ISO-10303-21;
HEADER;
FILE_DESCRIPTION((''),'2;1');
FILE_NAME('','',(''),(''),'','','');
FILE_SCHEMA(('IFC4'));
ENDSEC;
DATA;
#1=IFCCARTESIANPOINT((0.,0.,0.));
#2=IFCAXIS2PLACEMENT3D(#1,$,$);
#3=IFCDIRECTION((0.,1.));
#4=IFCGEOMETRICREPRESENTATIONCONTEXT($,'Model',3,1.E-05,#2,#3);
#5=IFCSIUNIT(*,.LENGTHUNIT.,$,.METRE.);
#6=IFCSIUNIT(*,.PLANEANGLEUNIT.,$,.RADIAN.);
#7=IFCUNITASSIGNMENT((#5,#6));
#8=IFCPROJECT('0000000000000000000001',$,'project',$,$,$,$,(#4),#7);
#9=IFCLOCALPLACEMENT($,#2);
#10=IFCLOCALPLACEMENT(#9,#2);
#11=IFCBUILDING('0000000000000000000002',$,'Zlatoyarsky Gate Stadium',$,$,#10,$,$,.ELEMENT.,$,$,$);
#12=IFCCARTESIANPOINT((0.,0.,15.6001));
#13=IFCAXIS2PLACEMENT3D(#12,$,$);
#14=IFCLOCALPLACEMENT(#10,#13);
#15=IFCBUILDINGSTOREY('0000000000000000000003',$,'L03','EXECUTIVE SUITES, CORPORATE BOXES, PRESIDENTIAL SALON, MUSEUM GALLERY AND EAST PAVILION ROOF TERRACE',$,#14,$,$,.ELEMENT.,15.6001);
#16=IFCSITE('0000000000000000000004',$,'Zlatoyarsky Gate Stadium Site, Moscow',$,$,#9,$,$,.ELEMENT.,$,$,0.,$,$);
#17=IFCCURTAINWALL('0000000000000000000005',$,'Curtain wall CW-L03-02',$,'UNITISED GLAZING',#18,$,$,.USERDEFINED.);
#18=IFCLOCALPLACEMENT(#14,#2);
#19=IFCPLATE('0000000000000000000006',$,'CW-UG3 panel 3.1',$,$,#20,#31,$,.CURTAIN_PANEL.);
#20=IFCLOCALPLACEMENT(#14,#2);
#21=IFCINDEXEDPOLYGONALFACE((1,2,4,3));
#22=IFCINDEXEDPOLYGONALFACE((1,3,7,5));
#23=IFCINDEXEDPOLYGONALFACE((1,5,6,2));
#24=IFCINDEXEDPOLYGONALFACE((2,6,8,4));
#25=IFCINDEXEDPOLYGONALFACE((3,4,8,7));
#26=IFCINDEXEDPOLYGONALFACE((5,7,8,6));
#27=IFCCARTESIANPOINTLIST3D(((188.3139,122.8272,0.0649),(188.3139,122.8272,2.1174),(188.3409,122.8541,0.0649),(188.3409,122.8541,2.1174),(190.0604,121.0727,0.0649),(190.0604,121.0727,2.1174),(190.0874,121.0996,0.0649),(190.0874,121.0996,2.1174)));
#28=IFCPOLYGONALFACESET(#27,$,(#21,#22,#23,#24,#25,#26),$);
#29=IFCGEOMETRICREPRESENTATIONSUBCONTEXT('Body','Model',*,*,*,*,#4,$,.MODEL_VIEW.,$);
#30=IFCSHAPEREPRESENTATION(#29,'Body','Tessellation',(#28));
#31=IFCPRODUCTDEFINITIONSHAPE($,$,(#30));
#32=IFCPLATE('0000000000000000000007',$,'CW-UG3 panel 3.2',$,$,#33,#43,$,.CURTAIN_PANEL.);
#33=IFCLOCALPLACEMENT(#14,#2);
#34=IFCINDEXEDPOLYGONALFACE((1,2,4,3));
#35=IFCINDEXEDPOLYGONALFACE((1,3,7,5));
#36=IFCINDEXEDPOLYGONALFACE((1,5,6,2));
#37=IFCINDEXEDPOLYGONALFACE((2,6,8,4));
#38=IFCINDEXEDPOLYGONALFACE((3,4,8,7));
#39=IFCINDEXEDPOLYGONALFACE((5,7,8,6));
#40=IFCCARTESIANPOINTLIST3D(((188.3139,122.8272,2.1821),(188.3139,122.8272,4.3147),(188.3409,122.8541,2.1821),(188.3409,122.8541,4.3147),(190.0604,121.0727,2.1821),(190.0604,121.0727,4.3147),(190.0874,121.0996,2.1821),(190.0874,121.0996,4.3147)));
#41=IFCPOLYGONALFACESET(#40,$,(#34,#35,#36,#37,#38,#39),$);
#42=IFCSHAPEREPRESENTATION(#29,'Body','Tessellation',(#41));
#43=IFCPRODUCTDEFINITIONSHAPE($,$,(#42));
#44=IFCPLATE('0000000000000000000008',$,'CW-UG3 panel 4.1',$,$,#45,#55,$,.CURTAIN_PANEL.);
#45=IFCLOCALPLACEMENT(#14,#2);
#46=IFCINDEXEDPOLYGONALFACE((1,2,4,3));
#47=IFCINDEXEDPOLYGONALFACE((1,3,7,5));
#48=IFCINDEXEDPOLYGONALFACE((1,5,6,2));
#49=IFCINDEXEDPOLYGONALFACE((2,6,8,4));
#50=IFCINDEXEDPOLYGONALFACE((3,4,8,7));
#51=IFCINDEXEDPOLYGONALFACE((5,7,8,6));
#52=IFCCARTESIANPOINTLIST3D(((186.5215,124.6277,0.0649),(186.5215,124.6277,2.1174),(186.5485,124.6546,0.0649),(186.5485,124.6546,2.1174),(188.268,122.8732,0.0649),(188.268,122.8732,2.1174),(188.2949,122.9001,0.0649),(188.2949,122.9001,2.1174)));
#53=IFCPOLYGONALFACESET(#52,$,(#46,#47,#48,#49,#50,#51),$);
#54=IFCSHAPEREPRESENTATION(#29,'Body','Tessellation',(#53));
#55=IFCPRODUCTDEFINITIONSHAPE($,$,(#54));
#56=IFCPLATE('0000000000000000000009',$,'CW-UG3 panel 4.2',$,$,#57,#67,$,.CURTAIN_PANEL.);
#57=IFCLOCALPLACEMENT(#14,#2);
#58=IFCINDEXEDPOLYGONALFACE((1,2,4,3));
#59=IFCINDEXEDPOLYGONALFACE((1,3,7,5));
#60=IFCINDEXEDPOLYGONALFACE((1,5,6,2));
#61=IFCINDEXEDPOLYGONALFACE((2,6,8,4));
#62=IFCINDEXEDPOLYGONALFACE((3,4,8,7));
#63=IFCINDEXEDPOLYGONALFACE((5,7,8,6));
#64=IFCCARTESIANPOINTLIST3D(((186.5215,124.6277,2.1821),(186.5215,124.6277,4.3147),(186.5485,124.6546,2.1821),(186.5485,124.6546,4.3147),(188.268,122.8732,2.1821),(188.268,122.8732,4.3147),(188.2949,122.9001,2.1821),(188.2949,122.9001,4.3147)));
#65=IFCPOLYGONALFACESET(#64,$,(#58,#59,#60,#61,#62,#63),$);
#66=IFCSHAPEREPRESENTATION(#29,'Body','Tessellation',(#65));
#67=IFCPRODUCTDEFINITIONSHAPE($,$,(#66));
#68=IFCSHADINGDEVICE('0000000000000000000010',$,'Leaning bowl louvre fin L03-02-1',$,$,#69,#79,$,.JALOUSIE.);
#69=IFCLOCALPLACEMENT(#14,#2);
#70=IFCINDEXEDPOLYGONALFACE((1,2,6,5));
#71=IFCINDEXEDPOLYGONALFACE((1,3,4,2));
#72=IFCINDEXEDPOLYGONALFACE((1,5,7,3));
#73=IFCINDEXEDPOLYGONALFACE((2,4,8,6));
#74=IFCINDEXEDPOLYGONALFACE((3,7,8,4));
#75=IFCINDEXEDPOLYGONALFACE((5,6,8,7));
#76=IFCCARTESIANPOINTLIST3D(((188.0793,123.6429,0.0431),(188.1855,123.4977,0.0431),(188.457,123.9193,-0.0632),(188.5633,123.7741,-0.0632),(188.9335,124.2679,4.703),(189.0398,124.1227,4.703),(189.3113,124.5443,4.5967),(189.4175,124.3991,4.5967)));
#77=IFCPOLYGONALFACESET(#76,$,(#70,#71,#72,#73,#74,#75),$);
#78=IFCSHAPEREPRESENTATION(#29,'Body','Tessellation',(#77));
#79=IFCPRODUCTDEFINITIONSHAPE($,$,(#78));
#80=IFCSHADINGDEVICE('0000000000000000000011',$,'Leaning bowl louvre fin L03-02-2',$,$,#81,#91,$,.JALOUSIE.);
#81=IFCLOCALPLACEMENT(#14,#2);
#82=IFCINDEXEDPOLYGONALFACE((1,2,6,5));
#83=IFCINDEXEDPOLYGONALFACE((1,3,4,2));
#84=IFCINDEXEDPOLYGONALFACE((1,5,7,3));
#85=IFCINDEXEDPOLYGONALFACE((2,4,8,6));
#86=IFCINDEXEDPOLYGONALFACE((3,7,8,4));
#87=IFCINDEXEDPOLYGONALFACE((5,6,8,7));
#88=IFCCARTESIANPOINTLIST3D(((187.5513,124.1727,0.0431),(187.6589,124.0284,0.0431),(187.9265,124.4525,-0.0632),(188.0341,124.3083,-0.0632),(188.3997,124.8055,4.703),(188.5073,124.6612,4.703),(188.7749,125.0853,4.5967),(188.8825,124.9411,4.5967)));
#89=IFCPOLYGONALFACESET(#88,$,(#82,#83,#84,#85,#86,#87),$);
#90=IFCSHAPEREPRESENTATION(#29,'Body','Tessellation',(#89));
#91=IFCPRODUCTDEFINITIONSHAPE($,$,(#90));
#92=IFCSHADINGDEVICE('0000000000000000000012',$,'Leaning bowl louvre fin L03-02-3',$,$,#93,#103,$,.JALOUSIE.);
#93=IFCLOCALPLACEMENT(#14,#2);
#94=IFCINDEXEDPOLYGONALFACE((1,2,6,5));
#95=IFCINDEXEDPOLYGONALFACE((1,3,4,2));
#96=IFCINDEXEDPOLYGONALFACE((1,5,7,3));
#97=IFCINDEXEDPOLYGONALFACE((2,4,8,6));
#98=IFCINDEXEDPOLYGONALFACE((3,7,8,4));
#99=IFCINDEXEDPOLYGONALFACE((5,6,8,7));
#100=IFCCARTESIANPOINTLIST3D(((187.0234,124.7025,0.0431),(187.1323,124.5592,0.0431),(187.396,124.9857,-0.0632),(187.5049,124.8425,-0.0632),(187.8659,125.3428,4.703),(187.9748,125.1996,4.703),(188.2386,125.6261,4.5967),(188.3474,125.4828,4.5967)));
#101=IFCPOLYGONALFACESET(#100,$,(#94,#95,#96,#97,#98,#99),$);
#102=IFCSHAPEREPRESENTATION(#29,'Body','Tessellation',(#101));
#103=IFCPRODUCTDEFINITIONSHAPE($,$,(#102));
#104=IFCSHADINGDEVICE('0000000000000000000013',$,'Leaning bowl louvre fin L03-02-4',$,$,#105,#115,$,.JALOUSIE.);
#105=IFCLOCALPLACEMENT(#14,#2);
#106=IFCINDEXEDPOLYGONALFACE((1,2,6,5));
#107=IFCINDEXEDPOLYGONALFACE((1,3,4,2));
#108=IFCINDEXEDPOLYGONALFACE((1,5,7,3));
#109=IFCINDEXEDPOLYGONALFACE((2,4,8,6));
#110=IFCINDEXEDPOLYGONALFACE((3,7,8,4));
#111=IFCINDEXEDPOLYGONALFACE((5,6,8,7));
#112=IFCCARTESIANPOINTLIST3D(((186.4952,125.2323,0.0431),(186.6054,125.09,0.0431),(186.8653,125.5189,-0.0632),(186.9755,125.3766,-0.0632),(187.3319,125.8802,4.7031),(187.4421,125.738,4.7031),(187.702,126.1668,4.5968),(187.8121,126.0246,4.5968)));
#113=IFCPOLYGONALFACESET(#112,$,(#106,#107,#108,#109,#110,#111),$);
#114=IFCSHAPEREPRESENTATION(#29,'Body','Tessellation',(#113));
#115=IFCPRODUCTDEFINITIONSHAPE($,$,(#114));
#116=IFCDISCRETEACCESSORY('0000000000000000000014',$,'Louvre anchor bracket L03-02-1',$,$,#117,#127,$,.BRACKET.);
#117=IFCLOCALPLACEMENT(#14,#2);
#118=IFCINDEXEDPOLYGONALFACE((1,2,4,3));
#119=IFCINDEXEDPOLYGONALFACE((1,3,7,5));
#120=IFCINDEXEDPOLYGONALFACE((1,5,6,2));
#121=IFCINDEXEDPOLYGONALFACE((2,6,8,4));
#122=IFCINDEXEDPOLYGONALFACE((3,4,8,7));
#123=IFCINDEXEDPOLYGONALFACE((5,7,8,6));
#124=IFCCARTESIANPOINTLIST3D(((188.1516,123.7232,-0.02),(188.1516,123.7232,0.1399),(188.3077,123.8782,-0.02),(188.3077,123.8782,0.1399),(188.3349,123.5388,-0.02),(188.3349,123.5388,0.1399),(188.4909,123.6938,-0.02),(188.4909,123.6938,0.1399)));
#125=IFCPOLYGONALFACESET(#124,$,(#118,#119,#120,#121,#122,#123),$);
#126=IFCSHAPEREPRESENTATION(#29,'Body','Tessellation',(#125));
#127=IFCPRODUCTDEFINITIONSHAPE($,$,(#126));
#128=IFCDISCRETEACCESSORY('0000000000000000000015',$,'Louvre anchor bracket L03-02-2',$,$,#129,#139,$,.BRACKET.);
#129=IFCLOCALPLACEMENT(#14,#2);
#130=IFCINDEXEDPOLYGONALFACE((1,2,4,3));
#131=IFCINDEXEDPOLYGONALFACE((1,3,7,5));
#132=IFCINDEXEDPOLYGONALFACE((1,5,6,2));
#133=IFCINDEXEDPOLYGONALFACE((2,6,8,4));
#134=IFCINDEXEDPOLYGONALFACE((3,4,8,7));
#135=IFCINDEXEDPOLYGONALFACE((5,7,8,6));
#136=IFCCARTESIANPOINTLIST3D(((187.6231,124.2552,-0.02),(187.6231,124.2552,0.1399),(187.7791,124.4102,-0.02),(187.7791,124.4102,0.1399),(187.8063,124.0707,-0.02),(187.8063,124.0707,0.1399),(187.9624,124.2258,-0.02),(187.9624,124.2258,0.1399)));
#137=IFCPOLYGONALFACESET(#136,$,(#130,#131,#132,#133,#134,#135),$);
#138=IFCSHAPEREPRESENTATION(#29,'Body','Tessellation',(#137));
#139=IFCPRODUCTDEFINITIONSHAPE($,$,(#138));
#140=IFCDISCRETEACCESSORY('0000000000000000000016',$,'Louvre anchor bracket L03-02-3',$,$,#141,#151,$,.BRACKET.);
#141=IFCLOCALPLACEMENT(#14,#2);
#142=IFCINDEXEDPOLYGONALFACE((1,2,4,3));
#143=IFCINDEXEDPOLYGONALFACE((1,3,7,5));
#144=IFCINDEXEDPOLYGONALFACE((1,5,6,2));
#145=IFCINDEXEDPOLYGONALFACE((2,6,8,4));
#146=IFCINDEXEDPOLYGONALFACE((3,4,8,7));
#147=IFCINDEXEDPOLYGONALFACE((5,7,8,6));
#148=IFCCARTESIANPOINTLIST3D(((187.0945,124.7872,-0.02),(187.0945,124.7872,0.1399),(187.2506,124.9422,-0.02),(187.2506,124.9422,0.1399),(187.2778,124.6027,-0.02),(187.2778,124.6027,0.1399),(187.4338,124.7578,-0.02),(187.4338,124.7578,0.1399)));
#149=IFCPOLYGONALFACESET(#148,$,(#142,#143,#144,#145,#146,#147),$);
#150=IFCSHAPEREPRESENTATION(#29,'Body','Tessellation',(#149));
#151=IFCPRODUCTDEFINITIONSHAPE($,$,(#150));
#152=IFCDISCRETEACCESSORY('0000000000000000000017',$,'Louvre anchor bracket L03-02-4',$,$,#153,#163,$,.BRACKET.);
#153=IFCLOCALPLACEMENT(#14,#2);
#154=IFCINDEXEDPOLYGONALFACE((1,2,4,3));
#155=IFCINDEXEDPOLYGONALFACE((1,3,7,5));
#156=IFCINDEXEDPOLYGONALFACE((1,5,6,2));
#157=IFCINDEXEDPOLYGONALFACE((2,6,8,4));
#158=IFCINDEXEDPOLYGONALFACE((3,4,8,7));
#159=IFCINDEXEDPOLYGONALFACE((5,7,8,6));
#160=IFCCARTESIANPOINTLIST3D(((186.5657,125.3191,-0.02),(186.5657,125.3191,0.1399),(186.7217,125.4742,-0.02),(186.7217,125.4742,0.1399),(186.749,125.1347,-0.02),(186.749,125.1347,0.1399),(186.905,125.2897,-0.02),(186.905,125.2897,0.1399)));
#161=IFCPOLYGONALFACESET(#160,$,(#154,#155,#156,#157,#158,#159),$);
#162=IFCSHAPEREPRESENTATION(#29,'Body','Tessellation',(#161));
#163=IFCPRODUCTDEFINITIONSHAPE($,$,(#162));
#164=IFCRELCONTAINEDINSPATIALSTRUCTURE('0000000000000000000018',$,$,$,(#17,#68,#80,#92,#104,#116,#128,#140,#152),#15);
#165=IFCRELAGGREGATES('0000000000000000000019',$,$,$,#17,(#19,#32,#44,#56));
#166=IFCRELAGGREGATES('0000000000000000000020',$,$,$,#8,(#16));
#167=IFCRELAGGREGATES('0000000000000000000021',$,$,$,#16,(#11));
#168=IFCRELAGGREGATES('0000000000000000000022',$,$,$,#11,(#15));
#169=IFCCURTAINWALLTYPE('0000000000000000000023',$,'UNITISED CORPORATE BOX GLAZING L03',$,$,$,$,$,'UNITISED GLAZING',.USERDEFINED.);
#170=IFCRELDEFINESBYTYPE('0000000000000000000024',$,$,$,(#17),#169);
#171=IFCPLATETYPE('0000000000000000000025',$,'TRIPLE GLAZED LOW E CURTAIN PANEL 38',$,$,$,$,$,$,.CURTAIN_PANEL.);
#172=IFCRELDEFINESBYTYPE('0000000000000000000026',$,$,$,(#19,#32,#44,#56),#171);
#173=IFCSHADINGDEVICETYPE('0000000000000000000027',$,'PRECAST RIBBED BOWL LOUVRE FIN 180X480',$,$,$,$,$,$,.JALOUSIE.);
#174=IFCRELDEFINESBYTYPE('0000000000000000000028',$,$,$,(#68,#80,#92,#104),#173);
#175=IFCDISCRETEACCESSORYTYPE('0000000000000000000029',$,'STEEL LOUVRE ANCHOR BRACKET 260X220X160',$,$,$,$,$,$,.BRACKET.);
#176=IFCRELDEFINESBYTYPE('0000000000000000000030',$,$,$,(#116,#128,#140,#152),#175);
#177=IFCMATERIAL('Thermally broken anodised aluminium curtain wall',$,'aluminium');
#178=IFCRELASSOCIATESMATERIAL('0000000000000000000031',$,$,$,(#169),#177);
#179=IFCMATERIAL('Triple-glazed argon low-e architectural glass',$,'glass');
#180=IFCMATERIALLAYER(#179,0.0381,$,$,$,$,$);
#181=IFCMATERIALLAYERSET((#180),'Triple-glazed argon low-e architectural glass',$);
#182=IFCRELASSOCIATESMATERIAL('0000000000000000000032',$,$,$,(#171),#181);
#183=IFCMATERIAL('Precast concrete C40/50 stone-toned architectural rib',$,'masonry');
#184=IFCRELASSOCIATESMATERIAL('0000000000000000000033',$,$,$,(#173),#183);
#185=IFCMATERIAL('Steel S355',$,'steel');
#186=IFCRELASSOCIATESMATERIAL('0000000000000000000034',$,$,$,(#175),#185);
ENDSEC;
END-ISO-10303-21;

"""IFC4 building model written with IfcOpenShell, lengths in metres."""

from ifc_helpers import new_model, si_unit, direction, frame, origin, origin_2d, place, context, subcontext, project, spatial, rectangle, extrude, material, layer, layer_set, material_profile, profile_set, type_object, element, aggregate, save


model = new_model("IFC4")

# Units and contexts
model_context = context("Model", 3, precision=1e-05, world=origin(), true_north=direction((0.0, 1.0)))
body_context = subcontext(model_context, "Body", "Model", "MODEL_VIEW")
ifc_project = project(units=[si_unit("LENGTHUNIT", "METRE"), si_unit("PLANEANGLEUNIT", "RADIAN")], contexts=[model_context])

# Site, building, storey
site_placement = place(None, origin())
site = spatial("IfcSite", under=ifc_project, at=site_placement, Name="Zlatoyarsky Gate Stadium Site, Moscow", CompositionType="ELEMENT", RefElevation=0.0)
building_placement = place(site_placement, origin())
building = spatial("IfcBuilding", under=site, at=building_placement, Name="Zlatoyarsky Gate Stadium", CompositionType="ELEMENT")
storey_placement = place(building_placement, frame((0.0, 0.0, 15.6001)))
storey = spatial("IfcBuildingStorey", under=building, at=storey_placement, Name="L03", Description="EXECUTIVE SUITES, CORPORATE BOXES, PRESIDENTIAL SALON, MUSEUM GALLERY AND EAST PAVILION ROOF TERRACE", CompositionType="ELEMENT", Elevation=15.6001)

# Curtain wall
ifc_material_1 = material(Name="Thermally broken anodised aluminium curtain wall", Category="aluminium")
curtain_wall_type = type_object("IfcCurtainWallType", Name="UNITISED CORPORATE BOX GLAZING L03", ElementType="UNITISED GLAZING", PredefinedType="USERDEFINED", material=ifc_material_1)
curtain_wall_placement = place(storey_placement, origin())
curtain_wall = element("IfcCurtainWall", 1, at=curtain_wall_placement, inside=storey, type_object=curtain_wall_type, Name="Curtain wall CW-L03-02", ObjectType="UNITISED GLAZING", PredefinedType="USERDEFINED")

# Shared definitions
ifc_material_2 = material(Name="Steel S355", Category="steel")

# Plates
ifc_material_3 = material(Name="Triple-glazed argon low-e architectural glass", Category="glass")
ifc_layer_1 = layer(ifc_material_3, 0.0381)
ifc_layer_set_1 = layer_set([ifc_layer_1], Name="Triple-glazed argon low-e architectural glass")
plate_type_1 = type_object("IfcPlateType", Name="TRIPLE GLAZED LOW E CURTAIN PANEL 38", PredefinedType="CURTAIN_PANEL", material=ifc_layer_set_1)
plate_1_placement = place(storey_placement, frame((189.2007, 121.9634, 0.0649), z_axis=(0.0, 0.0, 1.0), x_axis=(-0.705489, 0.708721, 0.0)))
plate_1 = element("IfcPlate", 2, at=plate_1_placement, type_object=plate_type_1, Name="CW-UG3 panel 3.1", PredefinedType="CURTAIN_PANEL", context=body_context, shape_type="SweptSolid", body=[
    extrude(rectangle(XDim=2.4756, YDim=0.0381, at=origin_2d()), origin(), (0.0, 0.0, 1.0), 2.0525),
])
plate_2_placement = place(storey_placement, frame((189.2007, 121.9634, 2.1821), z_axis=(0.0, 0.0, 1.0), x_axis=(-0.705489, 0.708721, 0.0)))
plate_2 = element("IfcPlate", 3, at=plate_2_placement, type_object=plate_type_1, Name="CW-UG3 panel 3.2", PredefinedType="CURTAIN_PANEL", context=body_context, shape_type="SweptSolid", body=[
    extrude(rectangle(XDim=2.4756, YDim=0.0381, at=origin_2d()), origin(), (0.0, 0.0, 1.0), 2.1326),
])
plate_3_placement = place(storey_placement, frame((187.4082, 123.7639, 0.0649), z_axis=(0.0, 0.0, 1.0), x_axis=(-0.705489, 0.708721, 0.0)))
plate_3 = element("IfcPlate", 4, at=plate_3_placement, type_object=plate_type_1, Name="CW-UG3 panel 4.1", PredefinedType="CURTAIN_PANEL", context=body_context, shape_type="SweptSolid", body=[
    extrude(rectangle(XDim=2.4756, YDim=0.0381, at=origin_2d()), origin(), (0.0, 0.0, 1.0), 2.0525),
])
plate_4_placement = place(storey_placement, frame((187.4082, 123.7639, 2.1821), z_axis=(0.0, 0.0, 1.0), x_axis=(-0.705489, 0.708721, 0.0)))
plate_4 = element("IfcPlate", 5, at=plate_4_placement, type_object=plate_type_1, Name="CW-UG3 panel 4.2", PredefinedType="CURTAIN_PANEL", context=body_context, shape_type="SweptSolid", body=[
    extrude(rectangle(XDim=2.4756, YDim=0.0381, at=origin_2d()), origin(), (0.0, 0.0, 1.0), 2.1326),
])
aggregate(curtain_wall, [plate_1, plate_2, plate_3, plate_4])

# Shading devices
ifc_material_4 = material(Name="Precast concrete C40/50 stone-toned architectural rib", Category="masonry")
ifc_material_profile_1 = material_profile(ifc_material_4, rectangle(XDim=0.1799, YDim=0.48, at=origin_2d()), Name="RIB 180X480")
ifc_profile_set_1 = profile_set([ifc_material_profile_1], Name="Precast concrete C40/50 stone-toned architectural rib")
shading_device_type = type_object("IfcShadingDeviceType", Name="PRECAST RIBBED BOWL LOUVRE FIN 180X480", PredefinedType="JALOUSIE", material=ifc_profile_set_1)
for number, where, z_axis, x_axis, name in (
    (6, (188.3213, 123.7085, -0.01), (0.178765, 0.130791, 0.97516), (-0.590473, 0.807057, 0.0), "Leaning bowl louvre fin L03-02-1"),
    (7, (187.7927, 124.2405, -0.01), (0.177539, 0.132426, 0.975163), (-0.597894, 0.801575, 0.0), "Leaning bowl louvre fin L03-02-2"),
    (8, (187.2642, 124.7725, -0.01), (0.176314, 0.134011, 0.975169), (-0.605118, 0.796136, 0.0), "Leaning bowl louvre fin L03-02-3"),
    (9, (186.7354, 125.3044, -0.01), (0.175088, 0.135595, 0.975171), (-0.612294, 0.79063, 0.0), "Leaning bowl louvre fin L03-02-4"),
):
    element("IfcShadingDevice", number, at=place(storey_placement, frame(where, z_axis=z_axis, x_axis=x_axis)), inside=storey, type_object=shading_device_type, Name=name, PredefinedType="JALOUSIE", context=body_context, shape_type="SweptSolid", body=[
        extrude(rectangle(XDim=0.1799, YDim=0.48, at=origin_2d()), origin(), (0.0, 0.0, 1.0), 4.7786),
    ])

# Discrete accessories
discrete_accessory_type = type_object("IfcDiscreteAccessoryType", Name="STEEL LOUVRE ANCHOR BRACKET 260X220X160", PredefinedType="BRACKET", material=ifc_material_2)
for number, where, z_axis, x_axis, name in (
    (10, (188.3213, 123.7085, -0.02), (0.0, 0.0, 1.0), (-0.704815, 0.709391, 0.0), "Louvre anchor bracket L03-02-1"),
    (11, (187.7927, 124.2405, -0.02), (0.0, 0.0, 1.0), (-0.704815, 0.709391, 0.0), "Louvre anchor bracket L03-02-2"),
    (12, (187.2642, 124.7725, -0.02), (0.0, 0.0, 1.0), (-0.704815, 0.709391, 0.0), "Louvre anchor bracket L03-02-3"),
    (13, (186.7354, 125.3044, -0.02), (0.0, 0.0, 1.0), (-0.704815, 0.709391, 0.0), "Louvre anchor bracket L03-02-4"),
):
    element("IfcDiscreteAccessory", number, at=place(storey_placement, frame(where, z_axis=z_axis, x_axis=x_axis)), inside=storey, type_object=discrete_accessory_type, Name=name, PredefinedType="BRACKET", context=body_context, shape_type="SweptSolid", body=[
        extrude(rectangle(XDim=0.26, YDim=0.22, at=origin_2d()), origin(), (0.0, 0.0, 1.0), 0.1599),
    ])

save(model, "model.ifc")
